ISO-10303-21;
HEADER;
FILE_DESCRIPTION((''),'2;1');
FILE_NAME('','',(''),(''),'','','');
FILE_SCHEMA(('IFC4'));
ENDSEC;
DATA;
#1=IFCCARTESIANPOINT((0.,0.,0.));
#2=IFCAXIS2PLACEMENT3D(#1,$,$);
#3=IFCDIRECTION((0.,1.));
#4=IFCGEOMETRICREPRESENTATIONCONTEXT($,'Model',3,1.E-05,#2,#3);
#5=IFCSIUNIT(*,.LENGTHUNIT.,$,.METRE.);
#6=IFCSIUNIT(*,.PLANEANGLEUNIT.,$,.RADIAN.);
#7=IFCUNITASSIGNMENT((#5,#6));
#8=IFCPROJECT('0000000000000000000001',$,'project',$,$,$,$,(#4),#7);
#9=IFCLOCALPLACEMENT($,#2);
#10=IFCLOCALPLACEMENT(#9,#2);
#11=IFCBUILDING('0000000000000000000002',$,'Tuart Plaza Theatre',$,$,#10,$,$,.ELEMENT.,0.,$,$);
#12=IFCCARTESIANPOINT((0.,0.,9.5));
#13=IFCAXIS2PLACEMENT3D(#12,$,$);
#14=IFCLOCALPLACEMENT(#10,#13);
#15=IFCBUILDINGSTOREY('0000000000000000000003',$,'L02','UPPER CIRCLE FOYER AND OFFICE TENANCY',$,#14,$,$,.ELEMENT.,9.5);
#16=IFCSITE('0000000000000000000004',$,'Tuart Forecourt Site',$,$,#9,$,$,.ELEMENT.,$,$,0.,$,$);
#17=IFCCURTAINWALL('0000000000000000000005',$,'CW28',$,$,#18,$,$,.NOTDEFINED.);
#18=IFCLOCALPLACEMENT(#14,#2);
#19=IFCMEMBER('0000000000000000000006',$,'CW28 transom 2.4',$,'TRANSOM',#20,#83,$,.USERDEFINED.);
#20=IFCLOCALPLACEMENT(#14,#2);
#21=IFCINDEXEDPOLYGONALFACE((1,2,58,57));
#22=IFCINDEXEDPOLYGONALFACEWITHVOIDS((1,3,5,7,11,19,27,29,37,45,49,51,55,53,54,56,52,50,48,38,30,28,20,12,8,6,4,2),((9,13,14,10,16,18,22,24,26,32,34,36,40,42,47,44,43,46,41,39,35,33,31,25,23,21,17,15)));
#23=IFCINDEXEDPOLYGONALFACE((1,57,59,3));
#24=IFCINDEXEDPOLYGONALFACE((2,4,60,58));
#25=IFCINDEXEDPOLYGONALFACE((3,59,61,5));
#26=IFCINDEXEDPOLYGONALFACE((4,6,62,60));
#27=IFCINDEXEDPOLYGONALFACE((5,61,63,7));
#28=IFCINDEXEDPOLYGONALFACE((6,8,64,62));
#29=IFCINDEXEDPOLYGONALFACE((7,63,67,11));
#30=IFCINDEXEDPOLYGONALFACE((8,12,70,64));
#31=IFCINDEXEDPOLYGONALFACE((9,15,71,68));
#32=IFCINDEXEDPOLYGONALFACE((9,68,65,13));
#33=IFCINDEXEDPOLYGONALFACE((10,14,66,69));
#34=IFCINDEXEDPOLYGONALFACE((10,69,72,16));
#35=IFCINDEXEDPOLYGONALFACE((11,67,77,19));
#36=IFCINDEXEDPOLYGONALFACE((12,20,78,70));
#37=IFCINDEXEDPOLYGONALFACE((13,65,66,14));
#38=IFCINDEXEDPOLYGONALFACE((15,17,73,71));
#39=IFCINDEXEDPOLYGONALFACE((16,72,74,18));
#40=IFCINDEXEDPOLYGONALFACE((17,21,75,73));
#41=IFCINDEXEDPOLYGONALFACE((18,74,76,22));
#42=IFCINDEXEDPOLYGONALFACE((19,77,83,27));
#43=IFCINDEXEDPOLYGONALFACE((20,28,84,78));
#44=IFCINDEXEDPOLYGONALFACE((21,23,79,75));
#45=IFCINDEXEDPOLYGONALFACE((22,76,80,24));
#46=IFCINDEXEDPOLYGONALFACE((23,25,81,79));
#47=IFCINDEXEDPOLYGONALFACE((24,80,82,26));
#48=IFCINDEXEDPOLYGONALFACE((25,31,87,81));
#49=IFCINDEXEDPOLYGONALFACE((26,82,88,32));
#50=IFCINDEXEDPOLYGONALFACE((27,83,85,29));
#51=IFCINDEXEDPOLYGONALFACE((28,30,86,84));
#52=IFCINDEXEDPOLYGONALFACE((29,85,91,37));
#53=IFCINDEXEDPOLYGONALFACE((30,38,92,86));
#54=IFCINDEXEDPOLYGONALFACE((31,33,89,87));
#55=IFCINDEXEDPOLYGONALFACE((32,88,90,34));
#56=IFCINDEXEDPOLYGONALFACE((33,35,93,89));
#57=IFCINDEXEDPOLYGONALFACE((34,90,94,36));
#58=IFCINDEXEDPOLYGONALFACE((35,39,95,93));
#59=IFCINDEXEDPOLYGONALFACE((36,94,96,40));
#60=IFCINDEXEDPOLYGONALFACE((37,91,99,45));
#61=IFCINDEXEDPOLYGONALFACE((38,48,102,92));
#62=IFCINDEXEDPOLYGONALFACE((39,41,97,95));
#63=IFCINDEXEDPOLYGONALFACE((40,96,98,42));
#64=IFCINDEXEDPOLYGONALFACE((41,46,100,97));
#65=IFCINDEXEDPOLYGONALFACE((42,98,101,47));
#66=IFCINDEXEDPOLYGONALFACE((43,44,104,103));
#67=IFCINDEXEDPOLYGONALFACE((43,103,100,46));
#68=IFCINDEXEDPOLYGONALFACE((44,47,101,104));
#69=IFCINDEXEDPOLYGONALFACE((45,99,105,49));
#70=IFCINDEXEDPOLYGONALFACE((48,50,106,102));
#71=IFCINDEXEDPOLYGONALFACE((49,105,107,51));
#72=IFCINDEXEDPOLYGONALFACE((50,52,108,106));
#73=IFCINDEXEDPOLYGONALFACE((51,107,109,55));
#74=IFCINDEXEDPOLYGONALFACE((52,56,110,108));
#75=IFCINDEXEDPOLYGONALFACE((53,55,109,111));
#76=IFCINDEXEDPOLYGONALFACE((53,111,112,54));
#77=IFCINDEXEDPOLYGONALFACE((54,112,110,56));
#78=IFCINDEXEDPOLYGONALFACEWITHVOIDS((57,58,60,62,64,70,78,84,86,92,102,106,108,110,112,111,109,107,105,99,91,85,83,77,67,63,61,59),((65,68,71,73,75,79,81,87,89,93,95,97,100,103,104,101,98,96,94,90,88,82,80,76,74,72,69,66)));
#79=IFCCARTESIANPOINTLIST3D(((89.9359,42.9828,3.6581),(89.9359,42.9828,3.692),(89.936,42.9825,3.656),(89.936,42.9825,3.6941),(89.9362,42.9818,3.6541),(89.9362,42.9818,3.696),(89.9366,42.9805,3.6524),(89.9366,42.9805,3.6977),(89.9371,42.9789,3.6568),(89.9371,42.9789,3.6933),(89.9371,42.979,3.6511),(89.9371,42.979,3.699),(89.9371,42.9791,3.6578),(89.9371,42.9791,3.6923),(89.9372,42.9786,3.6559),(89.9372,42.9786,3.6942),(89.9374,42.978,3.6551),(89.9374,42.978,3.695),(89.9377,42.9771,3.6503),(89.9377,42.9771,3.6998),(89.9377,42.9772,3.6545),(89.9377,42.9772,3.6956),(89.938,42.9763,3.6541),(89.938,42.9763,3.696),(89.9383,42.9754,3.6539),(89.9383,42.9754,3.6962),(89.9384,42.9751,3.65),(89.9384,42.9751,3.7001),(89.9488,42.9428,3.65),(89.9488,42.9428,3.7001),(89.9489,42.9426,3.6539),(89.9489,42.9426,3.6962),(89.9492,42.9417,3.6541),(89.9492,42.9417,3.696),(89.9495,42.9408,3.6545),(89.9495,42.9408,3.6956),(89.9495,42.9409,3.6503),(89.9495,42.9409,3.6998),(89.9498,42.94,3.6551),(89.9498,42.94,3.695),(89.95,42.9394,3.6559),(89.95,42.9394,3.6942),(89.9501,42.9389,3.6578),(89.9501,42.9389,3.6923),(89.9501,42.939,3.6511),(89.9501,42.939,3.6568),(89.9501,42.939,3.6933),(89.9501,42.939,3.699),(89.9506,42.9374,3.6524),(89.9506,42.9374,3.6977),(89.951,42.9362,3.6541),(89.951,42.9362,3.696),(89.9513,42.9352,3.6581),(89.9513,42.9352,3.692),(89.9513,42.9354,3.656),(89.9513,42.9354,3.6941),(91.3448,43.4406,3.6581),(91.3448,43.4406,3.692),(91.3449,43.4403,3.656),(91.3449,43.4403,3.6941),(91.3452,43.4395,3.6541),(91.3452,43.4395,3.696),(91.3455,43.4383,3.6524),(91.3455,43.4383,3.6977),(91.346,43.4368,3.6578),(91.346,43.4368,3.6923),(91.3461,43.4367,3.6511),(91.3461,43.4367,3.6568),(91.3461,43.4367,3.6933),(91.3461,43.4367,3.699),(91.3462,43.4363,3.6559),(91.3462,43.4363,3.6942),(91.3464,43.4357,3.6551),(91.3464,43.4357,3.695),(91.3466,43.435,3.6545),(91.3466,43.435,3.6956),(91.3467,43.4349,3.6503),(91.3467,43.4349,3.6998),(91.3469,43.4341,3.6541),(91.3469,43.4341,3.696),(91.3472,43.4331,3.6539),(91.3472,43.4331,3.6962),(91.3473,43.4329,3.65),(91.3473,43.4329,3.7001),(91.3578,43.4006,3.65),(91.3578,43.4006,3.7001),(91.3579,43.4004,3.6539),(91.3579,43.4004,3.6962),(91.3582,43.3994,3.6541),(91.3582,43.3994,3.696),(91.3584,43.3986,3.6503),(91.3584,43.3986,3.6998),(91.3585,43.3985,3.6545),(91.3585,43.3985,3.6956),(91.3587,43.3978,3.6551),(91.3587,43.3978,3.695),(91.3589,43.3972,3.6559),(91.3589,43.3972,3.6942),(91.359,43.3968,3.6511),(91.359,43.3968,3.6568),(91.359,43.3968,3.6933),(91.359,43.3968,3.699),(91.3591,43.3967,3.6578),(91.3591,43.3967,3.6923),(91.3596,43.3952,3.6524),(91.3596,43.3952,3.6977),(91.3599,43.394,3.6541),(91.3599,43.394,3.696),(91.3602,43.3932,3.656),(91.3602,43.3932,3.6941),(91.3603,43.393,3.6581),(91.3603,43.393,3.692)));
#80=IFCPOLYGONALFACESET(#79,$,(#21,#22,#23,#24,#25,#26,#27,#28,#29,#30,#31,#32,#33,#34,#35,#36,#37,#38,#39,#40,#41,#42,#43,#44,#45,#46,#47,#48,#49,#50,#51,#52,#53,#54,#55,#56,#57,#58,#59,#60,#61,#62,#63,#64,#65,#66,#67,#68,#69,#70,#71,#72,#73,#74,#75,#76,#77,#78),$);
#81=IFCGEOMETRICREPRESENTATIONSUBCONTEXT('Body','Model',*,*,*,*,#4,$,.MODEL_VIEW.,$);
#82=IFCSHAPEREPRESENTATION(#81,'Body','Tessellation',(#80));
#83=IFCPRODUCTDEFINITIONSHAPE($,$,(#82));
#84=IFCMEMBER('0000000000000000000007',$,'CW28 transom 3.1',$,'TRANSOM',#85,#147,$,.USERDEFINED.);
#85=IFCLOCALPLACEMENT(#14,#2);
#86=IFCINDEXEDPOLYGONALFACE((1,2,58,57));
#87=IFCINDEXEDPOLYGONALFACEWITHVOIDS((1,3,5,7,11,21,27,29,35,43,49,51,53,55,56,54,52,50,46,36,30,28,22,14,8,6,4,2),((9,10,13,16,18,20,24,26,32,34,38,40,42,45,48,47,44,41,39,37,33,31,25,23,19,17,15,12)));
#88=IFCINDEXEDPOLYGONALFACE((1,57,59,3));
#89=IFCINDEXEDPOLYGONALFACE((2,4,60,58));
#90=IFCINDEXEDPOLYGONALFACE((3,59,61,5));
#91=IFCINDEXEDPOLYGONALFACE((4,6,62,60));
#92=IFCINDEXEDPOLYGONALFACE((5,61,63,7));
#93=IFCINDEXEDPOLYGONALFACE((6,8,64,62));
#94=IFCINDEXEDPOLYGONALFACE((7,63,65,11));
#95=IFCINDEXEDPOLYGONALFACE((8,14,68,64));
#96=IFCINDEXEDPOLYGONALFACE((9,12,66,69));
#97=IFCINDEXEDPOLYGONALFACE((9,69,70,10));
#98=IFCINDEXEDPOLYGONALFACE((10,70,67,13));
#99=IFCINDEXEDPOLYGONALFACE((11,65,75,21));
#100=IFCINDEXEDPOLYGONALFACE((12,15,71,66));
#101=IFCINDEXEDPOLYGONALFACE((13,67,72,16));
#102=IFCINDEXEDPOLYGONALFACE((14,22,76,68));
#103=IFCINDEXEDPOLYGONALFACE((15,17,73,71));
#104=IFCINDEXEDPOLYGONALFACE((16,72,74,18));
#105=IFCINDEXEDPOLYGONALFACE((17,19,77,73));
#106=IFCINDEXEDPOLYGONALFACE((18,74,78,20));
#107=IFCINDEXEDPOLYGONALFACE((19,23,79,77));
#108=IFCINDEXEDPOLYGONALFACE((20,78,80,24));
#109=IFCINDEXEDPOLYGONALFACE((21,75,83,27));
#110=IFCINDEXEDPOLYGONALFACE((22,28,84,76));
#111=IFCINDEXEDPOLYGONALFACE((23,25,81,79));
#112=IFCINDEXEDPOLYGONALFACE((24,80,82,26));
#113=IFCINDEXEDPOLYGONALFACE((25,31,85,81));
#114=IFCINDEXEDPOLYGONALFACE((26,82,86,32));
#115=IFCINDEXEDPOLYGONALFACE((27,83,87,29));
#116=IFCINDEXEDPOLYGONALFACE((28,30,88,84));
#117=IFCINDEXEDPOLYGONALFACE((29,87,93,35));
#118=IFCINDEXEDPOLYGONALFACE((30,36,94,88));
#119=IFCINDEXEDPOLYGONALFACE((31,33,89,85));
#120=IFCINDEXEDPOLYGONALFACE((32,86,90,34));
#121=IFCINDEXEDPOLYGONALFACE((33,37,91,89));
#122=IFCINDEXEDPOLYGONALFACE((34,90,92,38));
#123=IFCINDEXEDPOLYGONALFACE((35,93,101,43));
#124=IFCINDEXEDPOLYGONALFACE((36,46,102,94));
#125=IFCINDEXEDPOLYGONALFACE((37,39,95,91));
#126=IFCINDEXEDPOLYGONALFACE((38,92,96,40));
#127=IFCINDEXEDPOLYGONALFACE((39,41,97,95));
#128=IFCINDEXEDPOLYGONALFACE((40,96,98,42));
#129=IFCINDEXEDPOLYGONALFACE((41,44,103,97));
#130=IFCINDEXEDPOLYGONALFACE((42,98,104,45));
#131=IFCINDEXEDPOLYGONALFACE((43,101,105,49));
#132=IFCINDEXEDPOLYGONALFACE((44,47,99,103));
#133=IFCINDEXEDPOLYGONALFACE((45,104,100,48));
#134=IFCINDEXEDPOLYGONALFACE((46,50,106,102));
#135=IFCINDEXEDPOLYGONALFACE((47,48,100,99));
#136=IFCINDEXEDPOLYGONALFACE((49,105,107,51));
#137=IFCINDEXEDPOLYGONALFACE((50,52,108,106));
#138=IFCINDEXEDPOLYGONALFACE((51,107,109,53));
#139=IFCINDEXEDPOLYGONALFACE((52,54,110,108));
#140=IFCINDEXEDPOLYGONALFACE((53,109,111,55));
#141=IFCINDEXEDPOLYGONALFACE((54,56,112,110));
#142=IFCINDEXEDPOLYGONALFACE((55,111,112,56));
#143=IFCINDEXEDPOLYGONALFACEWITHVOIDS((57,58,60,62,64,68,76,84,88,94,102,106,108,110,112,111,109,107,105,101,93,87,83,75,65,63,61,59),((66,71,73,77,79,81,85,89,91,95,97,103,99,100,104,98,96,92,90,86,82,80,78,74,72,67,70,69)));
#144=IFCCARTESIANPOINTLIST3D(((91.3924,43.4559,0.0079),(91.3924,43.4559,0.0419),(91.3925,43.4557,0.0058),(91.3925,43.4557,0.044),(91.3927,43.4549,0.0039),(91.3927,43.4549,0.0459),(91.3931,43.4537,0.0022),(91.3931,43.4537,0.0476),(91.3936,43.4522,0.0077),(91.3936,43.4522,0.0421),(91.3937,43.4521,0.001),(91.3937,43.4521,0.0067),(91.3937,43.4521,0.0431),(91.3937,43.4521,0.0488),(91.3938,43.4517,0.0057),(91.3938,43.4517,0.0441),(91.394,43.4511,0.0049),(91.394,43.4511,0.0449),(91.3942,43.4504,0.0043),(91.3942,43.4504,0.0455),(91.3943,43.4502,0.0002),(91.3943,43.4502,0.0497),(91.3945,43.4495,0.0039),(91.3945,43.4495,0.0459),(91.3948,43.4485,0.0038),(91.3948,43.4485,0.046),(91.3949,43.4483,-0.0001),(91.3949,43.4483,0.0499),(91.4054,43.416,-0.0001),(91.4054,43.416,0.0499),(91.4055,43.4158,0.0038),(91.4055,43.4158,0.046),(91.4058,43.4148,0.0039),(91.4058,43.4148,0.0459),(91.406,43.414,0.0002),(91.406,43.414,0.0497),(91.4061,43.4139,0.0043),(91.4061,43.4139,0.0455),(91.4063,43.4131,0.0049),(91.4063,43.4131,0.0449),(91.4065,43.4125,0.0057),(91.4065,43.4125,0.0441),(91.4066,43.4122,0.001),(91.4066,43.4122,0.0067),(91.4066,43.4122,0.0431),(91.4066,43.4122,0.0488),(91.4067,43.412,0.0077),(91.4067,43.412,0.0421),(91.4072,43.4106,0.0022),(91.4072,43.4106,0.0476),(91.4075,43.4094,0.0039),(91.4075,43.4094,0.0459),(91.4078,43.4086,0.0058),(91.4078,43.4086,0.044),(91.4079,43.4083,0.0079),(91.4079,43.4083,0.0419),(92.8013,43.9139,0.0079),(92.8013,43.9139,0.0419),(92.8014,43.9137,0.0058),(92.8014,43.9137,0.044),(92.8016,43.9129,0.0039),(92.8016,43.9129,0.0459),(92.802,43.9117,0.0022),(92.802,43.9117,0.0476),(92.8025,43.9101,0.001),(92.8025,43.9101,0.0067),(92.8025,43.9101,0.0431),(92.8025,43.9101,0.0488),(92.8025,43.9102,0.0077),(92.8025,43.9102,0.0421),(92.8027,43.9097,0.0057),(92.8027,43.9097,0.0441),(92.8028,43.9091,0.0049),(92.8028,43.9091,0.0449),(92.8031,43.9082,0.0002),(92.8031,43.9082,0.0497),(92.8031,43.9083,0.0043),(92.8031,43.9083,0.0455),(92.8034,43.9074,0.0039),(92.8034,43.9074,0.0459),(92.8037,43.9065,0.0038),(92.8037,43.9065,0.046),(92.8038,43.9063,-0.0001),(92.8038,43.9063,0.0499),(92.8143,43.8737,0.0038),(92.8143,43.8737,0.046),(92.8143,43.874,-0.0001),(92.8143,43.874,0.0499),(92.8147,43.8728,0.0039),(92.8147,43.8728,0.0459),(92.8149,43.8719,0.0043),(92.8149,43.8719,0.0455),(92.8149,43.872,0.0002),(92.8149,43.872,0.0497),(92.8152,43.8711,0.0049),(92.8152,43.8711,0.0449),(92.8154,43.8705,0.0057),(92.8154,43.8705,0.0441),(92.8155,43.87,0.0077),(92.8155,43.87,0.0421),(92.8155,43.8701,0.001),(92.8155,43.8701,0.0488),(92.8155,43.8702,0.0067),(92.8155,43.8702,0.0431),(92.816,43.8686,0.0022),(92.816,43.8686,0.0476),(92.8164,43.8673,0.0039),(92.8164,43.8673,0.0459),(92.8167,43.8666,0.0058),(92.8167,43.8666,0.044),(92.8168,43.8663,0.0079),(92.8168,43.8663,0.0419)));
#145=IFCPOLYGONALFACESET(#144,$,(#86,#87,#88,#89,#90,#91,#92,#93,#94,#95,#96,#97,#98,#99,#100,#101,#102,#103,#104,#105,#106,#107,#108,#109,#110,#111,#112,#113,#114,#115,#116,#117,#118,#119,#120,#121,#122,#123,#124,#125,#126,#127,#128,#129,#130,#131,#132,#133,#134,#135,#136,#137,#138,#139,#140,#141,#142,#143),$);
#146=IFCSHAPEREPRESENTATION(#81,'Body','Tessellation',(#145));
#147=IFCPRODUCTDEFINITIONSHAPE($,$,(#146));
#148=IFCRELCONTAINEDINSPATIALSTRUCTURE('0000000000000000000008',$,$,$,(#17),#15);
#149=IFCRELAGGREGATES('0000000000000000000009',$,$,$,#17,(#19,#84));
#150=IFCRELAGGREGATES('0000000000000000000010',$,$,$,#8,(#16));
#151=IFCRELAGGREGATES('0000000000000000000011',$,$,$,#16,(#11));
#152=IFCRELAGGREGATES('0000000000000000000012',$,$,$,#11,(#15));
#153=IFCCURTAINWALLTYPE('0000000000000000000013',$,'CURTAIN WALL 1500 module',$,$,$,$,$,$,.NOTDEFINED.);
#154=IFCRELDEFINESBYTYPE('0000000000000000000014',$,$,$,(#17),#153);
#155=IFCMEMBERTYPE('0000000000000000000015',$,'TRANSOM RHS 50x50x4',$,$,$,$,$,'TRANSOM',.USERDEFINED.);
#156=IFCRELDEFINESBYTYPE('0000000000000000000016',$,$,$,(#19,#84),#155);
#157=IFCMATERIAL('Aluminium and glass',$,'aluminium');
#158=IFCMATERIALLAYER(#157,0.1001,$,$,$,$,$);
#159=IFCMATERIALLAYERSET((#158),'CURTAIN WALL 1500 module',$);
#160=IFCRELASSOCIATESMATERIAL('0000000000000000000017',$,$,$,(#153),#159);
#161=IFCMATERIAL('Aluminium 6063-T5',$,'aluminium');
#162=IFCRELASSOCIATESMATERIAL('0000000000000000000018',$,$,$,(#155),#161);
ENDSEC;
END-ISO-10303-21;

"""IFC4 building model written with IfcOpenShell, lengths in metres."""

from ifc_helpers import new_model, si_unit, direction, frame, origin, origin_2d, place, context, subcontext, project, spatial, hollow_rectangle, extrude, material, layer, layer_set, material_profile, profile_set, type_object, element, aggregate, save


model = new_model("IFC4")

# Units and contexts
model_context = context("Model", 3, precision=1e-05, world=origin(), true_north=direction((0.0, 1.0)))
body_context = subcontext(model_context, "Body", "Model", "MODEL_VIEW")
ifc_project = project(units=[si_unit("LENGTHUNIT", "METRE"), si_unit("PLANEANGLEUNIT", "RADIAN")], contexts=[model_context])

# Site, building, storey
site_placement = place(None, origin())
site = spatial("IfcSite", under=ifc_project, at=site_placement, Name="Tuart Forecourt Site", CompositionType="ELEMENT", RefElevation=0.0)
building_placement = place(site_placement, origin())
building = spatial("IfcBuilding", under=site, at=building_placement, Name="Tuart Plaza Theatre", CompositionType="ELEMENT", ElevationOfRefHeight=0.0)
storey_placement = place(building_placement, frame((0.0, 0.0, 9.5)))
storey = spatial("IfcBuildingStorey", under=building, at=storey_placement, Name="L02", Description="UPPER CIRCLE FOYER AND OFFICE TENANCY", CompositionType="ELEMENT", Elevation=9.5)

# Curtain wall, members
ifc_material_1 = material(Name="Aluminium and glass", Category="aluminium")
ifc_layer_1 = layer(ifc_material_1, 0.1001)
ifc_layer_set_1 = layer_set([ifc_layer_1], Name="CURTAIN WALL 1500 module")
curtain_wall_type = type_object("IfcCurtainWallType", Name="CURTAIN WALL 1500 module", PredefinedType="NOTDEFINED", material=ifc_layer_set_1)
curtain_wall_placement = place(storey_placement, origin())
curtain_wall = element("IfcCurtainWall", 1, at=curtain_wall_placement, inside=storey, type_object=curtain_wall_type, Name="CW28", PredefinedType="NOTDEFINED")
ifc_material_2 = material(Name="Aluminium 6063-T5", Category="aluminium")
ifc_material_profile_1 = material_profile(ifc_material_2, hollow_rectangle(XDim=0.05, YDim=0.05, WallThickness=0.0039, InnerFilletRadius=0.0039, OuterFilletRadius=0.0081, at=origin_2d()), Name="RHS 50x50x4")
ifc_profile_set_1 = profile_set([ifc_material_profile_1], Name="Aluminium 6063-T5")
member_type_1 = type_object("IfcMemberType", Name="TRANSOM RHS 50x50x4", ElementType="TRANSOM", PredefinedType="USERDEFINED", material=ifc_profile_set_1)
member_1_placement = place(storey_placement, frame((89.9436, 42.959, 3.675), z_axis=(0.951062, 0.309, 0.0), x_axis=(-0.309, 0.951062, 0.0)))
member_1 = element("IfcMember", 2, at=member_1_placement, type_object=member_type_1, Name="CW28 transom 2.4", ObjectType="TRANSOM", PredefinedType="USERDEFINED", context=body_context, shape_type="SweptSolid", body=[
    extrude(hollow_rectangle(XDim=0.05, YDim=0.05, WallThickness=0.0039, InnerFilletRadius=0.0039, OuterFilletRadius=0.0081, at=origin_2d()), origin(), (0.0, 0.0, 1.0), 1.4814),
])
member_2_placement = place(storey_placement, frame((91.4001, 43.4321, 0.0249), z_axis=(0.951013, 0.309149, 0.0), x_axis=(-0.309149, 0.951013, 0.0)))
member_2 = element("IfcMember", 3, at=member_2_placement, type_object=member_type_1, Name="CW28 transom 3.1", ObjectType="TRANSOM", PredefinedType="USERDEFINED", context=body_context, shape_type="SweptSolid", body=[
    extrude(hollow_rectangle(XDim=0.05, YDim=0.05, WallThickness=0.0039, InnerFilletRadius=0.0039, OuterFilletRadius=0.0081, at=origin_2d()), origin(), (0.0, 0.0, 1.0), 1.4814),
])
aggregate(curtain_wall, [member_1, member_2])

save(model, "model.ifc")
